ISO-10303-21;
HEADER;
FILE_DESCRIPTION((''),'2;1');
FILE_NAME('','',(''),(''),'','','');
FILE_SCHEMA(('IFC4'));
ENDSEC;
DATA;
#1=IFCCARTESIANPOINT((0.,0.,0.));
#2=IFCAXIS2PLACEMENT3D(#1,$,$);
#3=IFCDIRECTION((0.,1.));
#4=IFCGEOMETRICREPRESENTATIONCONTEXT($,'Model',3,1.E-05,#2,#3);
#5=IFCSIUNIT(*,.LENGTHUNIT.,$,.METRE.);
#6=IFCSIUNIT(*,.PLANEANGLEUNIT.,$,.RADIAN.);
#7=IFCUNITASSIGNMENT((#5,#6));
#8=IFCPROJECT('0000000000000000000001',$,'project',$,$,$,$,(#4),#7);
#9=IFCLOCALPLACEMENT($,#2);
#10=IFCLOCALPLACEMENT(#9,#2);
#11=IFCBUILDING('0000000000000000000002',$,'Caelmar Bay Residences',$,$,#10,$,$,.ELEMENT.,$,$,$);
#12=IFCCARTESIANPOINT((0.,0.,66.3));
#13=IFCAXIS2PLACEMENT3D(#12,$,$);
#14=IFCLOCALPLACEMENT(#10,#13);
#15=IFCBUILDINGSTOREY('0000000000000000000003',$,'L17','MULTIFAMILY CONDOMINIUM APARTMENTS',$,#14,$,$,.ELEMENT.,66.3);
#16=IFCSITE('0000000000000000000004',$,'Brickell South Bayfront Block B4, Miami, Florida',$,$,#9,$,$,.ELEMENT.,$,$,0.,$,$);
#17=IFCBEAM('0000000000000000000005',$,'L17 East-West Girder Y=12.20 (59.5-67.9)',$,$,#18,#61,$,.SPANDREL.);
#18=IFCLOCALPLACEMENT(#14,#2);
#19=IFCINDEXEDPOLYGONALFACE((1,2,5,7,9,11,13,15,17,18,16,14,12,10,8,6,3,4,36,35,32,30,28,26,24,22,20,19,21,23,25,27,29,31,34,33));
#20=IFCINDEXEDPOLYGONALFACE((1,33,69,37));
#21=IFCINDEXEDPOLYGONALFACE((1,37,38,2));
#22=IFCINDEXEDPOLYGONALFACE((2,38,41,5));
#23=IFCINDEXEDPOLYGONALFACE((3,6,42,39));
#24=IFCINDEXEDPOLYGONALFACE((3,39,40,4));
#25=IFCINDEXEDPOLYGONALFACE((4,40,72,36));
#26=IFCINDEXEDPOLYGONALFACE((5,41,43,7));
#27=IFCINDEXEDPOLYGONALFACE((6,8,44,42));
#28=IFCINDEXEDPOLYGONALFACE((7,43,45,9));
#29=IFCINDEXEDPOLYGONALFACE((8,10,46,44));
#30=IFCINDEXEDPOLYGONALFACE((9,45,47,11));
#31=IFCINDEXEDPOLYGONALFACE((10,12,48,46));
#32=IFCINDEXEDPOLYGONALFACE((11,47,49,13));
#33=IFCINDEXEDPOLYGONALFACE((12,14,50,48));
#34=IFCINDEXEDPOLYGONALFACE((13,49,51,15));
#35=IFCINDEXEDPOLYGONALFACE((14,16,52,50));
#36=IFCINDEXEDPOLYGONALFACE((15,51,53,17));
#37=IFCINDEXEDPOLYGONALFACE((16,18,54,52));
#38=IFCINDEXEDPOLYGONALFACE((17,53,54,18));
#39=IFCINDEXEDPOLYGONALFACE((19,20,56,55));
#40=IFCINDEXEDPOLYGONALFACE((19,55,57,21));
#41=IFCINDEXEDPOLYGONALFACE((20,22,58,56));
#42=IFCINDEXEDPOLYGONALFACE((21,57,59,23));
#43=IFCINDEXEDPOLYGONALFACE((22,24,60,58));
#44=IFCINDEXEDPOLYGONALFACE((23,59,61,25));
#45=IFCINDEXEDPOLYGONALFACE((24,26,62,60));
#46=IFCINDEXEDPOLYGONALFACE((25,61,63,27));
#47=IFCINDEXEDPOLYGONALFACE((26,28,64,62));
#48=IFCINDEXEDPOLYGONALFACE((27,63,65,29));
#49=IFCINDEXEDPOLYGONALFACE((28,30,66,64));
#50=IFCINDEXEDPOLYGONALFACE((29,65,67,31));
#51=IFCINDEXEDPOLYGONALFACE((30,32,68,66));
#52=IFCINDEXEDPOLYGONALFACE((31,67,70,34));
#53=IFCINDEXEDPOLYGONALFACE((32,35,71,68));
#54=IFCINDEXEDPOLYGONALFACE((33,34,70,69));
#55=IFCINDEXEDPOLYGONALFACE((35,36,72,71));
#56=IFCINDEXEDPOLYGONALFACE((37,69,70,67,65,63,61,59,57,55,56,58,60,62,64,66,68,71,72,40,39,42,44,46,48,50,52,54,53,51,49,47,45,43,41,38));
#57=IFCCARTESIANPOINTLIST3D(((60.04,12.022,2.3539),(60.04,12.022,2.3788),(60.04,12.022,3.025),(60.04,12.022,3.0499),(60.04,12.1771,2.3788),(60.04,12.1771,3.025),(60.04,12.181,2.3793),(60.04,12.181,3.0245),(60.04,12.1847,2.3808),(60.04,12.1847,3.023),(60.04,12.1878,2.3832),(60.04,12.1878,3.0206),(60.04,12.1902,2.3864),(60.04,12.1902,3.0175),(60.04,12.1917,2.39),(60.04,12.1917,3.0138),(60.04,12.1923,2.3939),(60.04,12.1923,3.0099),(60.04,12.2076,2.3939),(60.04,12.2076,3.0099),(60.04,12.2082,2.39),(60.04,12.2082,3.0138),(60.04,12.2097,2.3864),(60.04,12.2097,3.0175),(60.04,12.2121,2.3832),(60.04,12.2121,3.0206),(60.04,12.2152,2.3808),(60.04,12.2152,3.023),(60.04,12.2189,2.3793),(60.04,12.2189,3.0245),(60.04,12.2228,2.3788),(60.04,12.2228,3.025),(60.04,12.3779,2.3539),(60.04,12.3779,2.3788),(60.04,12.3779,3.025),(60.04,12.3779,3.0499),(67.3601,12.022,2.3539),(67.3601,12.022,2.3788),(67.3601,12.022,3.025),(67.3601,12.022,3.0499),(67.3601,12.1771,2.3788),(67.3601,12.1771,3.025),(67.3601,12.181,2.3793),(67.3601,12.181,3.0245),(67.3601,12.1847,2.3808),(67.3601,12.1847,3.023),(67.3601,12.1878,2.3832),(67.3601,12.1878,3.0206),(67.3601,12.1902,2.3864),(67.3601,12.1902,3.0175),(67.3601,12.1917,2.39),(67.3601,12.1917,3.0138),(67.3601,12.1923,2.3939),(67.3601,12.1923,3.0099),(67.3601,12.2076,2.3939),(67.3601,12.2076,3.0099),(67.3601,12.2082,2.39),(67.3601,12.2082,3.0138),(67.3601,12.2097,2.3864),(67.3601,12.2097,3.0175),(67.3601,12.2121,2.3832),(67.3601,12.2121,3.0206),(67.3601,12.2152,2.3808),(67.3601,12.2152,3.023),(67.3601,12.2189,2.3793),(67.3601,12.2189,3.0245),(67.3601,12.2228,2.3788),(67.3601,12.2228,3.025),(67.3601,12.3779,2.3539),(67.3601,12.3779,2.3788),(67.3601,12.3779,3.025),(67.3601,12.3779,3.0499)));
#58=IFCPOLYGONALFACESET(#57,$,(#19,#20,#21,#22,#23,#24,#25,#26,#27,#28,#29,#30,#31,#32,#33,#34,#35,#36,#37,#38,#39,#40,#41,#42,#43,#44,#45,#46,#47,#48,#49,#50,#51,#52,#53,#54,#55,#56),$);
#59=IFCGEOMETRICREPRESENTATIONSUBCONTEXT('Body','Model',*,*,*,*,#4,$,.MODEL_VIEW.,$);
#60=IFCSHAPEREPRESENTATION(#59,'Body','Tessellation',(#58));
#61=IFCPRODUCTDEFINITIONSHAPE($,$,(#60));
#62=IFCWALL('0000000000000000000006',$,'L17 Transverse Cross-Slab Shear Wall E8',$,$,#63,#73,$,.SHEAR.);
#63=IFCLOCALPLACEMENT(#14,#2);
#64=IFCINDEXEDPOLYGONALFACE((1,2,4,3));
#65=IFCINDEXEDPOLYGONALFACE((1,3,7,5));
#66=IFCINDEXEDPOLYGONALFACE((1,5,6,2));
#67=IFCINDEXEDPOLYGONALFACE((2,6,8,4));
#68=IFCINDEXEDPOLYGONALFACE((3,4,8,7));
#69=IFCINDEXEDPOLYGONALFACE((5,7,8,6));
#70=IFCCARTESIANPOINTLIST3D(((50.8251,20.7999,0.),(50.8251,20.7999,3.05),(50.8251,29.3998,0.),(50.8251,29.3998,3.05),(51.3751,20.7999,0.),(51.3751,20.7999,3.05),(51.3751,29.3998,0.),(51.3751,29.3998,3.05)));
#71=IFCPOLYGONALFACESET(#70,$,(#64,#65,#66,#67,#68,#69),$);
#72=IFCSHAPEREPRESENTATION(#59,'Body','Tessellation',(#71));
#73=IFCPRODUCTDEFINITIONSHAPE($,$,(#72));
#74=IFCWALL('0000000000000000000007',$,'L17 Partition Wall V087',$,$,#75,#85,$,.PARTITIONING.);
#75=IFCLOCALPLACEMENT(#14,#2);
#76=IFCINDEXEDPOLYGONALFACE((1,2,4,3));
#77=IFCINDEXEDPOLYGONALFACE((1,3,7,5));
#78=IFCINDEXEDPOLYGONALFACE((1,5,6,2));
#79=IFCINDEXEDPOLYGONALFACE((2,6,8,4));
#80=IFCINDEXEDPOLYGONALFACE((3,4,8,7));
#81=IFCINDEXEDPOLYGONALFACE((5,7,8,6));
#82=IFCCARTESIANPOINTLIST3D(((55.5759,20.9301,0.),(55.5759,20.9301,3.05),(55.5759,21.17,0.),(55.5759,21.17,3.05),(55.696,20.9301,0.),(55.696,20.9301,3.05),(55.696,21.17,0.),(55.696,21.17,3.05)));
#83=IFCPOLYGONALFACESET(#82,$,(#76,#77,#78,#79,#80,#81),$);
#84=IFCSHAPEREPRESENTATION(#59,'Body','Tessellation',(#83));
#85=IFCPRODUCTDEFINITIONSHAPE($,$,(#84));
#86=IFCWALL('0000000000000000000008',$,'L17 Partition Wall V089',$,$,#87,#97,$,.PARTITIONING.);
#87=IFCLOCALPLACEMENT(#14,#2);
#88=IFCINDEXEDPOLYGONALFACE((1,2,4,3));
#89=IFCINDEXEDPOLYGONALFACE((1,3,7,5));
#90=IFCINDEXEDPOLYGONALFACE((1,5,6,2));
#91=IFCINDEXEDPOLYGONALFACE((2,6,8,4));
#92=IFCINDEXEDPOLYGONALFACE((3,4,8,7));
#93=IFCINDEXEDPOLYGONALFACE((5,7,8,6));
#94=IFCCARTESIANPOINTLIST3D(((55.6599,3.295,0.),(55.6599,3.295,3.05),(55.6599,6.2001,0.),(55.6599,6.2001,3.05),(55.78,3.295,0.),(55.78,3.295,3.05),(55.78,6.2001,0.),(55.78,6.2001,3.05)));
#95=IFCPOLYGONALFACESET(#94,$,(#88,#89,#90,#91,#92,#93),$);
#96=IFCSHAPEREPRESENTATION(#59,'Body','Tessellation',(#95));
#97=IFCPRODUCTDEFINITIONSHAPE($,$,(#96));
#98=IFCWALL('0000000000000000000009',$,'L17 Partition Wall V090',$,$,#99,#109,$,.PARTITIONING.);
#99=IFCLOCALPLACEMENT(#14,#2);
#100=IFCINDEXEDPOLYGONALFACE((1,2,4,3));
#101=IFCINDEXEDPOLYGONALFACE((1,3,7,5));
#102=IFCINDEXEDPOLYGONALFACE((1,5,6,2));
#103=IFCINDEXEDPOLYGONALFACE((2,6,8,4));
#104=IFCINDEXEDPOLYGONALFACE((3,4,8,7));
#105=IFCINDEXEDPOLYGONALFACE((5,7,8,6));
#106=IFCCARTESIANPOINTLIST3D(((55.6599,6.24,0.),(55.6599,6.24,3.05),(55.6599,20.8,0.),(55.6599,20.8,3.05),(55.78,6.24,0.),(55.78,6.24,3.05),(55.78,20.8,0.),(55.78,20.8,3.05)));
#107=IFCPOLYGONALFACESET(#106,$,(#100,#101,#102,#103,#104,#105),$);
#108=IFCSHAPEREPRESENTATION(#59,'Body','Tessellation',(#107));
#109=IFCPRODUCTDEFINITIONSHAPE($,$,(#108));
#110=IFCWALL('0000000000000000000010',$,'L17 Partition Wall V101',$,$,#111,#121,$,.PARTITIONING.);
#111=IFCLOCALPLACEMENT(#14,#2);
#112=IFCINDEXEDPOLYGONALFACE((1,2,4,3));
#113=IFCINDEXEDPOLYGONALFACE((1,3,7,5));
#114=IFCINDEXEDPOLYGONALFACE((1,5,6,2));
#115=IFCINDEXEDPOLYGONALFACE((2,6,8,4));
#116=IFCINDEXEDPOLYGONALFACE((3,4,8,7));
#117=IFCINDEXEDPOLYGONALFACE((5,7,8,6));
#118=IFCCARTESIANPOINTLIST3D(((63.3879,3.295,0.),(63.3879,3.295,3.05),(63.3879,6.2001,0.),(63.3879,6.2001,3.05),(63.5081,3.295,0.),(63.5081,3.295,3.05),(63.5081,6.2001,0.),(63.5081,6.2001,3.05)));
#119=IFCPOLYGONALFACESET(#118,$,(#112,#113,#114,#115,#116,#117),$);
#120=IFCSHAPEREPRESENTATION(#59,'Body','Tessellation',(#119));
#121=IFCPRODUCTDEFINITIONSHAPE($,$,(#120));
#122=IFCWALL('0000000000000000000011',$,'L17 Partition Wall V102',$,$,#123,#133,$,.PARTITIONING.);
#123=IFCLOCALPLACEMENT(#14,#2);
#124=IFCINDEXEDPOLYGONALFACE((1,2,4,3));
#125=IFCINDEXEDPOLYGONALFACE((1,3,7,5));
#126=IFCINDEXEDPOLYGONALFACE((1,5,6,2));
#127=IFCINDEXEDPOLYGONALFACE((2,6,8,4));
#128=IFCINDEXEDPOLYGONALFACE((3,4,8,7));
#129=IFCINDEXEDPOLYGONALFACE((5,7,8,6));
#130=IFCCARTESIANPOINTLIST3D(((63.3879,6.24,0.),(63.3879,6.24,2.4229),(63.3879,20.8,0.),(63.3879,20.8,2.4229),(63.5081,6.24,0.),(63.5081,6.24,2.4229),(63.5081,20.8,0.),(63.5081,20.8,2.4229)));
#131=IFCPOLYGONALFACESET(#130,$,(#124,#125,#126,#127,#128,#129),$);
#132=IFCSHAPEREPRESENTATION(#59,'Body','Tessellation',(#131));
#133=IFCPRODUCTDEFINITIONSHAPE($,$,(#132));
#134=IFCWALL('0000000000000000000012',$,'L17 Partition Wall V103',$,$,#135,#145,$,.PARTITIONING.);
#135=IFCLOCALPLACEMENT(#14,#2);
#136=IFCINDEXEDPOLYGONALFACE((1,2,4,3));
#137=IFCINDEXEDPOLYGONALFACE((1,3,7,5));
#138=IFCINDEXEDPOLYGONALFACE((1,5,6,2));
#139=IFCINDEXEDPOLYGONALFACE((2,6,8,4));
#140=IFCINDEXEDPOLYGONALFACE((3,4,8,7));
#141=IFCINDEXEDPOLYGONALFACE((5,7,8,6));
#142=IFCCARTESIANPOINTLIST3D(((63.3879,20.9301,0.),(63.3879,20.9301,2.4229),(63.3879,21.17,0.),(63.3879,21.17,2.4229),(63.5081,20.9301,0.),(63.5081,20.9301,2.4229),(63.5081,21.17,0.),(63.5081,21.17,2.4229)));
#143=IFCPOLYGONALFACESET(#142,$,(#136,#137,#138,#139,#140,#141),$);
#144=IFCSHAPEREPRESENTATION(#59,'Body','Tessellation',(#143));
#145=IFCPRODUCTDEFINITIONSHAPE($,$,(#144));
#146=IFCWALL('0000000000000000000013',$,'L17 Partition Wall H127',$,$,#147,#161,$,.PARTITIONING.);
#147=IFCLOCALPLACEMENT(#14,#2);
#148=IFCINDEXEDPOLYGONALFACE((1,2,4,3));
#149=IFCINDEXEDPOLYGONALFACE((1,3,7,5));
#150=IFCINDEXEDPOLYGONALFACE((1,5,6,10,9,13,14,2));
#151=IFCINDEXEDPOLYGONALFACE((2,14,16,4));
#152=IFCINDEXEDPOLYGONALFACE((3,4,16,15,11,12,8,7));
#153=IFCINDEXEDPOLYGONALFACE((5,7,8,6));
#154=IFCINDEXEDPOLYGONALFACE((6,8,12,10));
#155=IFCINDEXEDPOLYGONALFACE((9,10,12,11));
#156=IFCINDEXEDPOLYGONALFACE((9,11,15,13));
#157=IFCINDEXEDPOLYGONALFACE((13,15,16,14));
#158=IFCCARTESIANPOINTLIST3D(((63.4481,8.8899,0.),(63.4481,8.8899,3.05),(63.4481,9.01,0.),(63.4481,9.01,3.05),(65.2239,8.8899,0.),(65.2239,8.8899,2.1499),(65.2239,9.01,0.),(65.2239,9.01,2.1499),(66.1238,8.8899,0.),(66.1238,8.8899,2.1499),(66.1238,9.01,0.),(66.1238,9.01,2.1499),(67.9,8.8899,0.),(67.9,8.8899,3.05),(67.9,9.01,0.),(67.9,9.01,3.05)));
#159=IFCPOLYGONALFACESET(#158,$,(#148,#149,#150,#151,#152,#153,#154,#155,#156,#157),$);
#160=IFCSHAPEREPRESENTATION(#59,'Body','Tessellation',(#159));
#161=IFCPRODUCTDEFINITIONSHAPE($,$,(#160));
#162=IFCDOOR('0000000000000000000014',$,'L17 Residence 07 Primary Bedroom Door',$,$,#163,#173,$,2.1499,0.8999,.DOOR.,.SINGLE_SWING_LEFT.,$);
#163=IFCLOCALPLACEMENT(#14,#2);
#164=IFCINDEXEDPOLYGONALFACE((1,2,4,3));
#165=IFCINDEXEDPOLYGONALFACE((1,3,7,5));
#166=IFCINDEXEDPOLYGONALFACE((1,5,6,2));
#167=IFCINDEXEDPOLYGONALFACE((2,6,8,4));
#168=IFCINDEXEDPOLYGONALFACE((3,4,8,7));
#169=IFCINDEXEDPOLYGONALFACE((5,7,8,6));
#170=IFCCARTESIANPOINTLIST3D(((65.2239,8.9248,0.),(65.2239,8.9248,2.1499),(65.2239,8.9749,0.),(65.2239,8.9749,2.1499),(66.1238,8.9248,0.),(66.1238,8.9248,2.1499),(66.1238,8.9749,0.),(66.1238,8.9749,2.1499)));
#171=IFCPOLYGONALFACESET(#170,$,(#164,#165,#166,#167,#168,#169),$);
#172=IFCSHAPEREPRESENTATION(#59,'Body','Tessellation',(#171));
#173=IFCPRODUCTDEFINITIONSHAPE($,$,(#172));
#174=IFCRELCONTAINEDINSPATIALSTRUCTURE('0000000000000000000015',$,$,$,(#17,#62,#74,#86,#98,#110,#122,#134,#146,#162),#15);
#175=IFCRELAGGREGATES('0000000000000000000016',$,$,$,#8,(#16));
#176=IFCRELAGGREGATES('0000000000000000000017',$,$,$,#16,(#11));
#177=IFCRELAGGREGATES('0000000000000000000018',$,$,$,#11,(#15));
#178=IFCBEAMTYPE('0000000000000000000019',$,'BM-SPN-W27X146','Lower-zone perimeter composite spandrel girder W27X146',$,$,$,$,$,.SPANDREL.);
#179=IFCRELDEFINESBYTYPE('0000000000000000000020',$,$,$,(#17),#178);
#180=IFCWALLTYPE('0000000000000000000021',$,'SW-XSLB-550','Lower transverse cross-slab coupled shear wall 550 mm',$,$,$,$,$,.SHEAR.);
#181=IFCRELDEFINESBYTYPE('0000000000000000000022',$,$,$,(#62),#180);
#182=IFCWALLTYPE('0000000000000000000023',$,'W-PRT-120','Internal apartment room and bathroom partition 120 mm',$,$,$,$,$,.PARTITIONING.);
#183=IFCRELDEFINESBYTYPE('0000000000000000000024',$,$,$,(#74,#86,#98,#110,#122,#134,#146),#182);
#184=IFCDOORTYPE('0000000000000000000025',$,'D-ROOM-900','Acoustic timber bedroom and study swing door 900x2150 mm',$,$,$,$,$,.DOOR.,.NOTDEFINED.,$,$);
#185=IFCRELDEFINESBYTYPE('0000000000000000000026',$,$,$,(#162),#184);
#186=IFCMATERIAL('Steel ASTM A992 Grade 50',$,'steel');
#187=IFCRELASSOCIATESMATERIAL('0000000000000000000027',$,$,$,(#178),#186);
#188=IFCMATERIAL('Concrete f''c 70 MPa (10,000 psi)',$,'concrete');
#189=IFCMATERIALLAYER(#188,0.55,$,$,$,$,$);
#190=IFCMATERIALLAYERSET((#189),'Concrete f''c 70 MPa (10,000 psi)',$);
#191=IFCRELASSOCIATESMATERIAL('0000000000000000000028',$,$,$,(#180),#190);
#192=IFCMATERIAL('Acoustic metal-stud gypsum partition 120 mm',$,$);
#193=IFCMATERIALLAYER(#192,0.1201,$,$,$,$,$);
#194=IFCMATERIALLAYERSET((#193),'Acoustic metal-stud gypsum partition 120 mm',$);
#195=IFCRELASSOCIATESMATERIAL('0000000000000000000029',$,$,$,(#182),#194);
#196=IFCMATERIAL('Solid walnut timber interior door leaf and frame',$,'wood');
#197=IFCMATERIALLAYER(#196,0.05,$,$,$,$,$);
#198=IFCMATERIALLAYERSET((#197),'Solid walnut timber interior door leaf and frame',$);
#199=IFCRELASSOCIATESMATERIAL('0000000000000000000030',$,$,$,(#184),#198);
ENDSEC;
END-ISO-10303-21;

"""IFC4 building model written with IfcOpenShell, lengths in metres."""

from ifc_helpers import new_model, si_unit, direction, frame, frame_2d, origin, origin_2d, place, context, subcontext, project, spatial, rectangle, i_section, extrude, material, layer, layer_set, material_profile, profile_set, type_object, element, fill, save


model = new_model("IFC4")

# Units and contexts
model_context = context("Model", 3, precision=1e-05, world=origin(), true_north=direction((0.0, 1.0)))
body_context = subcontext(model_context, "Body", "Model", "MODEL_VIEW")
ifc_project = project(units=[si_unit("LENGTHUNIT", "METRE"), si_unit("PLANEANGLEUNIT", "RADIAN")], contexts=[model_context])

# Site, building, storey
site_placement = place(None, origin())
site = spatial("IfcSite", under=ifc_project, at=site_placement, Name="Brickell South Bayfront Block B4, Miami, Florida", CompositionType="ELEMENT", RefElevation=0.0)
building_placement = place(site_placement, origin())
building = spatial("IfcBuilding", under=site, at=building_placement, Name="Caelmar Bay Residences", CompositionType="ELEMENT")
storey_placement = place(building_placement, frame((0.0, 0.0, 66.3)))
storey = spatial("IfcBuildingStorey", under=building, at=storey_placement, Name="L17", Description="MULTIFAMILY CONDOMINIUM APARTMENTS", CompositionType="ELEMENT", Elevation=66.3)

# Shared definitions
ifc_material_1 = material(Name="Concrete f'c 70 MPa (10,000 psi)", Category="concrete")

# Beam
ifc_material_2 = material(Name="Steel ASTM A992 Grade 50", Category="steel")
ifc_material_profile_1 = material_profile(ifc_material_2, i_section(OverallWidth=0.356, OverallDepth=0.696, WebThickness=0.0154, FlangeThickness=0.0249, FilletRadius=0.0151, at=origin_2d()), Name="W27X146")
ifc_profile_set_1 = profile_set([ifc_material_profile_1], Name="Steel ASTM A992 Grade 50")
beam_type_1 = type_object("IfcBeamType", Name="BM-SPN-W27X146", Description="Lower-zone perimeter composite spandrel girder W27X146", PredefinedType="SPANDREL", material=ifc_profile_set_1)
for number, where, z_axis, x_axis, name in (
    (1, (60.04, 12.2, 2.7019), (1.0, 0.0, 0.0), (0.0, 1.0, 0.0), "L17 East-West Girder Y=12.20 (59.5-67.9)"),
):
    element("IfcBeam", number, at=place(storey_placement, frame(where, z_axis=z_axis, x_axis=x_axis)), inside=storey, type_object=beam_type_1, Name=name, PredefinedType="SPANDREL", context=body_context, shape_type="SweptSolid", body=[
        extrude(i_section(OverallWidth=0.356, OverallDepth=0.696, WebThickness=0.0154, FlangeThickness=0.0249, FilletRadius=0.0151, at=origin_2d()), origin(), (0.0, 0.0, 1.0), 7.3201),
    ])

# Walls
ifc_layer_1 = layer(ifc_material_1, 0.55)
ifc_layer_set_1 = layer_set([ifc_layer_1], Name="Concrete f'c 70 MPa (10,000 psi)")
wall_type_1 = type_object("IfcWallType", Name="SW-XSLB-550", Description="Lower transverse cross-slab coupled shear wall 550 mm", PredefinedType="SHEAR", material=ifc_layer_set_1)
wall_1_placement = place(storey_placement, frame((51.1001, 20.8, 0.0), z_axis=(0.0, 0.0, 1.0), x_axis=(0.0, 1.0, 0.0)))
element("IfcWall", 2, at=wall_1_placement, inside=storey, type_object=wall_type_1, Name="L17 Transverse Cross-Slab Shear Wall E8", PredefinedType="SHEAR", context=body_context, shape_type="SweptSolid", body=[
    extrude(rectangle(XDim=8.5999, YDim=0.55, at=frame_2d((4.2998, 0.0))), origin(), (0.0, 0.0, 1.0), 3.05),
])
ifc_material_3 = material(Name="Acoustic metal-stud gypsum partition 120 mm")
ifc_layer_2 = layer(ifc_material_3, 0.1201)
ifc_layer_set_2 = layer_set([ifc_layer_2], Name="Acoustic metal-stud gypsum partition 120 mm")
wall_type_2 = type_object("IfcWallType", Name="W-PRT-120", Description="Internal apartment room and bathroom partition 120 mm", PredefinedType="PARTITIONING", material=ifc_layer_set_2)
wall_2_placement = place(storey_placement, frame((55.636, 20.9299, 0.0), z_axis=(0.0, 0.0, 1.0), x_axis=(0.0, 1.0, 0.0)))
element("IfcWall", 3, at=wall_2_placement, inside=storey, type_object=wall_type_2, Name="L17 Partition Wall V087", PredefinedType="PARTITIONING", context=body_context, shape_type="SweptSolid", body=[
    extrude(rectangle(XDim=0.24, YDim=0.1201, at=frame_2d((0.1201, 0.0))), origin(), (0.0, 0.0, 1.0), 3.05),
])
wall_3_placement = place(storey_placement, frame((55.72, 3.2949, 0.0), z_axis=(0.0, 0.0, 1.0), x_axis=(0.0, 1.0, 0.0)))
element("IfcWall", 4, at=wall_3_placement, inside=storey, type_object=wall_type_2, Name="L17 Partition Wall V089", PredefinedType="PARTITIONING", context=body_context, shape_type="SweptSolid", body=[
    extrude(rectangle(XDim=2.905, YDim=0.1201, at=frame_2d((1.4526, 0.0))), origin(), (0.0, 0.0, 1.0), 3.05),
])
wall_4_placement = place(storey_placement, frame((55.72, 6.24, 0.0), z_axis=(0.0, 0.0, 1.0), x_axis=(0.0, 1.0, 0.0)))
element("IfcWall", 5, at=wall_4_placement, inside=storey, type_object=wall_type_2, Name="L17 Partition Wall V090", PredefinedType="PARTITIONING", context=body_context, shape_type="SweptSolid", body=[
    extrude(rectangle(XDim=14.5601, YDim=0.1201, at=frame_2d((7.28, 0.0))), origin(), (0.0, 0.0, 1.0), 3.05),
])
wall_5_placement = place(storey_placement, frame((63.448, 3.2949, 0.0), z_axis=(0.0, 0.0, 1.0), x_axis=(0.0, 1.0, 0.0)))
element("IfcWall", 6, at=wall_5_placement, inside=storey, type_object=wall_type_2, Name="L17 Partition Wall V101", PredefinedType="PARTITIONING", context=body_context, shape_type="SweptSolid", body=[
    extrude(rectangle(XDim=2.905, YDim=0.1201, at=frame_2d((1.4526, 0.0))), origin(), (0.0, 0.0, 1.0), 3.05),
])
wall_6_placement = place(storey_placement, frame((63.448, 6.24, 0.0), z_axis=(0.0, 0.0, 1.0), x_axis=(0.0, 1.0, 0.0)))
element("IfcWall", 7, at=wall_6_placement, inside=storey, type_object=wall_type_2, Name="L17 Partition Wall V102", PredefinedType="PARTITIONING", context=body_context, shape_type="SweptSolid", body=[
    extrude(rectangle(XDim=14.5601, YDim=0.1201, at=frame_2d((7.28, 0.0))), origin(), (0.0, 0.0, 1.0), 2.4229),
])
wall_7_placement = place(storey_placement, frame((63.448, 20.9299, 0.0), z_axis=(0.0, 0.0, 1.0), x_axis=(0.0, 1.0, 0.0)))
element("IfcWall", 8, at=wall_7_placement, inside=storey, type_object=wall_type_2, Name="L17 Partition Wall V103", PredefinedType="PARTITIONING", context=body_context, shape_type="SweptSolid", body=[
    extrude(rectangle(XDim=0.24, YDim=0.1201, at=frame_2d((0.1201, 0.0))), origin(), (0.0, 0.0, 1.0), 2.4229),
])

# Wall, opening, door
ifc_material_4 = material(Name="Solid walnut timber interior door leaf and frame", Category="wood")
ifc_layer_3 = layer(ifc_material_4, 0.05)
ifc_layer_set_3 = layer_set([ifc_layer_3], Name="Solid walnut timber interior door leaf and frame")
door_type = type_object("IfcDoorType", Name="D-ROOM-900", Description="Acoustic timber bedroom and study swing door 900x2150 mm", OperationType="NOTDEFINED", PredefinedType="DOOR", material=ifc_layer_set_3)
wall_8_placement = place(storey_placement, frame((63.448, 8.95, 0.0), z_axis=(0.0, 0.0, 1.0), x_axis=(1.0, 0.0, 0.0)))
wall_8 = element("IfcWall", 9, at=wall_8_placement, inside=storey, type_object=wall_type_2, Name="L17 Partition Wall H127", PredefinedType="PARTITIONING", context=body_context, shape_type="SweptSolid", body=[
    extrude(rectangle(XDim=4.4519, YDim=0.1201, at=frame_2d((2.2261, 0.0))), origin(), (0.0, 0.0, 1.0), 3.05),
])
opening_1_placement = place(wall_8_placement, frame((1.7759, 0.0, 0.0)))
opening_1 = element("IfcOpeningElement", 10, at=opening_1_placement, cuts=wall_8, PredefinedType="OPENING", context=body_context, shape_type="SweptSolid", body=[
    extrude(rectangle(XDim=0.8999, YDim=2.1499, at=frame_2d((0.45, 1.075))), frame((0.0, 0.0701, 0.0), z_axis=(0.0, -1.0, 0.0), x_axis=(1.0, 0.0, 0.0)), (0.0, 0.0, 1.0), 0.1401),
])
door_1_placement = place(opening_1_placement, origin())
door_1 = element("IfcDoor", 11, at=door_1_placement, inside=storey, type_object=door_type, Name="L17 Residence 07 Primary Bedroom Door", OperationType="SINGLE_SWING_LEFT", OverallHeight=2.1499, OverallWidth=0.8999, PredefinedType="DOOR", context=body_context, shape_type="SweptSolid", body=[
    extrude(rectangle(XDim=0.8999, YDim=2.1499, at=frame_2d((0.45, 1.075))), frame((0.0, 0.0249, 0.0), z_axis=(0.0, -1.0, 0.0), x_axis=(1.0, 0.0, 0.0)), (0.0, 0.0, 1.0), 0.05),
])
fill(opening_1, door_1)

save(model, "model.ifc")
